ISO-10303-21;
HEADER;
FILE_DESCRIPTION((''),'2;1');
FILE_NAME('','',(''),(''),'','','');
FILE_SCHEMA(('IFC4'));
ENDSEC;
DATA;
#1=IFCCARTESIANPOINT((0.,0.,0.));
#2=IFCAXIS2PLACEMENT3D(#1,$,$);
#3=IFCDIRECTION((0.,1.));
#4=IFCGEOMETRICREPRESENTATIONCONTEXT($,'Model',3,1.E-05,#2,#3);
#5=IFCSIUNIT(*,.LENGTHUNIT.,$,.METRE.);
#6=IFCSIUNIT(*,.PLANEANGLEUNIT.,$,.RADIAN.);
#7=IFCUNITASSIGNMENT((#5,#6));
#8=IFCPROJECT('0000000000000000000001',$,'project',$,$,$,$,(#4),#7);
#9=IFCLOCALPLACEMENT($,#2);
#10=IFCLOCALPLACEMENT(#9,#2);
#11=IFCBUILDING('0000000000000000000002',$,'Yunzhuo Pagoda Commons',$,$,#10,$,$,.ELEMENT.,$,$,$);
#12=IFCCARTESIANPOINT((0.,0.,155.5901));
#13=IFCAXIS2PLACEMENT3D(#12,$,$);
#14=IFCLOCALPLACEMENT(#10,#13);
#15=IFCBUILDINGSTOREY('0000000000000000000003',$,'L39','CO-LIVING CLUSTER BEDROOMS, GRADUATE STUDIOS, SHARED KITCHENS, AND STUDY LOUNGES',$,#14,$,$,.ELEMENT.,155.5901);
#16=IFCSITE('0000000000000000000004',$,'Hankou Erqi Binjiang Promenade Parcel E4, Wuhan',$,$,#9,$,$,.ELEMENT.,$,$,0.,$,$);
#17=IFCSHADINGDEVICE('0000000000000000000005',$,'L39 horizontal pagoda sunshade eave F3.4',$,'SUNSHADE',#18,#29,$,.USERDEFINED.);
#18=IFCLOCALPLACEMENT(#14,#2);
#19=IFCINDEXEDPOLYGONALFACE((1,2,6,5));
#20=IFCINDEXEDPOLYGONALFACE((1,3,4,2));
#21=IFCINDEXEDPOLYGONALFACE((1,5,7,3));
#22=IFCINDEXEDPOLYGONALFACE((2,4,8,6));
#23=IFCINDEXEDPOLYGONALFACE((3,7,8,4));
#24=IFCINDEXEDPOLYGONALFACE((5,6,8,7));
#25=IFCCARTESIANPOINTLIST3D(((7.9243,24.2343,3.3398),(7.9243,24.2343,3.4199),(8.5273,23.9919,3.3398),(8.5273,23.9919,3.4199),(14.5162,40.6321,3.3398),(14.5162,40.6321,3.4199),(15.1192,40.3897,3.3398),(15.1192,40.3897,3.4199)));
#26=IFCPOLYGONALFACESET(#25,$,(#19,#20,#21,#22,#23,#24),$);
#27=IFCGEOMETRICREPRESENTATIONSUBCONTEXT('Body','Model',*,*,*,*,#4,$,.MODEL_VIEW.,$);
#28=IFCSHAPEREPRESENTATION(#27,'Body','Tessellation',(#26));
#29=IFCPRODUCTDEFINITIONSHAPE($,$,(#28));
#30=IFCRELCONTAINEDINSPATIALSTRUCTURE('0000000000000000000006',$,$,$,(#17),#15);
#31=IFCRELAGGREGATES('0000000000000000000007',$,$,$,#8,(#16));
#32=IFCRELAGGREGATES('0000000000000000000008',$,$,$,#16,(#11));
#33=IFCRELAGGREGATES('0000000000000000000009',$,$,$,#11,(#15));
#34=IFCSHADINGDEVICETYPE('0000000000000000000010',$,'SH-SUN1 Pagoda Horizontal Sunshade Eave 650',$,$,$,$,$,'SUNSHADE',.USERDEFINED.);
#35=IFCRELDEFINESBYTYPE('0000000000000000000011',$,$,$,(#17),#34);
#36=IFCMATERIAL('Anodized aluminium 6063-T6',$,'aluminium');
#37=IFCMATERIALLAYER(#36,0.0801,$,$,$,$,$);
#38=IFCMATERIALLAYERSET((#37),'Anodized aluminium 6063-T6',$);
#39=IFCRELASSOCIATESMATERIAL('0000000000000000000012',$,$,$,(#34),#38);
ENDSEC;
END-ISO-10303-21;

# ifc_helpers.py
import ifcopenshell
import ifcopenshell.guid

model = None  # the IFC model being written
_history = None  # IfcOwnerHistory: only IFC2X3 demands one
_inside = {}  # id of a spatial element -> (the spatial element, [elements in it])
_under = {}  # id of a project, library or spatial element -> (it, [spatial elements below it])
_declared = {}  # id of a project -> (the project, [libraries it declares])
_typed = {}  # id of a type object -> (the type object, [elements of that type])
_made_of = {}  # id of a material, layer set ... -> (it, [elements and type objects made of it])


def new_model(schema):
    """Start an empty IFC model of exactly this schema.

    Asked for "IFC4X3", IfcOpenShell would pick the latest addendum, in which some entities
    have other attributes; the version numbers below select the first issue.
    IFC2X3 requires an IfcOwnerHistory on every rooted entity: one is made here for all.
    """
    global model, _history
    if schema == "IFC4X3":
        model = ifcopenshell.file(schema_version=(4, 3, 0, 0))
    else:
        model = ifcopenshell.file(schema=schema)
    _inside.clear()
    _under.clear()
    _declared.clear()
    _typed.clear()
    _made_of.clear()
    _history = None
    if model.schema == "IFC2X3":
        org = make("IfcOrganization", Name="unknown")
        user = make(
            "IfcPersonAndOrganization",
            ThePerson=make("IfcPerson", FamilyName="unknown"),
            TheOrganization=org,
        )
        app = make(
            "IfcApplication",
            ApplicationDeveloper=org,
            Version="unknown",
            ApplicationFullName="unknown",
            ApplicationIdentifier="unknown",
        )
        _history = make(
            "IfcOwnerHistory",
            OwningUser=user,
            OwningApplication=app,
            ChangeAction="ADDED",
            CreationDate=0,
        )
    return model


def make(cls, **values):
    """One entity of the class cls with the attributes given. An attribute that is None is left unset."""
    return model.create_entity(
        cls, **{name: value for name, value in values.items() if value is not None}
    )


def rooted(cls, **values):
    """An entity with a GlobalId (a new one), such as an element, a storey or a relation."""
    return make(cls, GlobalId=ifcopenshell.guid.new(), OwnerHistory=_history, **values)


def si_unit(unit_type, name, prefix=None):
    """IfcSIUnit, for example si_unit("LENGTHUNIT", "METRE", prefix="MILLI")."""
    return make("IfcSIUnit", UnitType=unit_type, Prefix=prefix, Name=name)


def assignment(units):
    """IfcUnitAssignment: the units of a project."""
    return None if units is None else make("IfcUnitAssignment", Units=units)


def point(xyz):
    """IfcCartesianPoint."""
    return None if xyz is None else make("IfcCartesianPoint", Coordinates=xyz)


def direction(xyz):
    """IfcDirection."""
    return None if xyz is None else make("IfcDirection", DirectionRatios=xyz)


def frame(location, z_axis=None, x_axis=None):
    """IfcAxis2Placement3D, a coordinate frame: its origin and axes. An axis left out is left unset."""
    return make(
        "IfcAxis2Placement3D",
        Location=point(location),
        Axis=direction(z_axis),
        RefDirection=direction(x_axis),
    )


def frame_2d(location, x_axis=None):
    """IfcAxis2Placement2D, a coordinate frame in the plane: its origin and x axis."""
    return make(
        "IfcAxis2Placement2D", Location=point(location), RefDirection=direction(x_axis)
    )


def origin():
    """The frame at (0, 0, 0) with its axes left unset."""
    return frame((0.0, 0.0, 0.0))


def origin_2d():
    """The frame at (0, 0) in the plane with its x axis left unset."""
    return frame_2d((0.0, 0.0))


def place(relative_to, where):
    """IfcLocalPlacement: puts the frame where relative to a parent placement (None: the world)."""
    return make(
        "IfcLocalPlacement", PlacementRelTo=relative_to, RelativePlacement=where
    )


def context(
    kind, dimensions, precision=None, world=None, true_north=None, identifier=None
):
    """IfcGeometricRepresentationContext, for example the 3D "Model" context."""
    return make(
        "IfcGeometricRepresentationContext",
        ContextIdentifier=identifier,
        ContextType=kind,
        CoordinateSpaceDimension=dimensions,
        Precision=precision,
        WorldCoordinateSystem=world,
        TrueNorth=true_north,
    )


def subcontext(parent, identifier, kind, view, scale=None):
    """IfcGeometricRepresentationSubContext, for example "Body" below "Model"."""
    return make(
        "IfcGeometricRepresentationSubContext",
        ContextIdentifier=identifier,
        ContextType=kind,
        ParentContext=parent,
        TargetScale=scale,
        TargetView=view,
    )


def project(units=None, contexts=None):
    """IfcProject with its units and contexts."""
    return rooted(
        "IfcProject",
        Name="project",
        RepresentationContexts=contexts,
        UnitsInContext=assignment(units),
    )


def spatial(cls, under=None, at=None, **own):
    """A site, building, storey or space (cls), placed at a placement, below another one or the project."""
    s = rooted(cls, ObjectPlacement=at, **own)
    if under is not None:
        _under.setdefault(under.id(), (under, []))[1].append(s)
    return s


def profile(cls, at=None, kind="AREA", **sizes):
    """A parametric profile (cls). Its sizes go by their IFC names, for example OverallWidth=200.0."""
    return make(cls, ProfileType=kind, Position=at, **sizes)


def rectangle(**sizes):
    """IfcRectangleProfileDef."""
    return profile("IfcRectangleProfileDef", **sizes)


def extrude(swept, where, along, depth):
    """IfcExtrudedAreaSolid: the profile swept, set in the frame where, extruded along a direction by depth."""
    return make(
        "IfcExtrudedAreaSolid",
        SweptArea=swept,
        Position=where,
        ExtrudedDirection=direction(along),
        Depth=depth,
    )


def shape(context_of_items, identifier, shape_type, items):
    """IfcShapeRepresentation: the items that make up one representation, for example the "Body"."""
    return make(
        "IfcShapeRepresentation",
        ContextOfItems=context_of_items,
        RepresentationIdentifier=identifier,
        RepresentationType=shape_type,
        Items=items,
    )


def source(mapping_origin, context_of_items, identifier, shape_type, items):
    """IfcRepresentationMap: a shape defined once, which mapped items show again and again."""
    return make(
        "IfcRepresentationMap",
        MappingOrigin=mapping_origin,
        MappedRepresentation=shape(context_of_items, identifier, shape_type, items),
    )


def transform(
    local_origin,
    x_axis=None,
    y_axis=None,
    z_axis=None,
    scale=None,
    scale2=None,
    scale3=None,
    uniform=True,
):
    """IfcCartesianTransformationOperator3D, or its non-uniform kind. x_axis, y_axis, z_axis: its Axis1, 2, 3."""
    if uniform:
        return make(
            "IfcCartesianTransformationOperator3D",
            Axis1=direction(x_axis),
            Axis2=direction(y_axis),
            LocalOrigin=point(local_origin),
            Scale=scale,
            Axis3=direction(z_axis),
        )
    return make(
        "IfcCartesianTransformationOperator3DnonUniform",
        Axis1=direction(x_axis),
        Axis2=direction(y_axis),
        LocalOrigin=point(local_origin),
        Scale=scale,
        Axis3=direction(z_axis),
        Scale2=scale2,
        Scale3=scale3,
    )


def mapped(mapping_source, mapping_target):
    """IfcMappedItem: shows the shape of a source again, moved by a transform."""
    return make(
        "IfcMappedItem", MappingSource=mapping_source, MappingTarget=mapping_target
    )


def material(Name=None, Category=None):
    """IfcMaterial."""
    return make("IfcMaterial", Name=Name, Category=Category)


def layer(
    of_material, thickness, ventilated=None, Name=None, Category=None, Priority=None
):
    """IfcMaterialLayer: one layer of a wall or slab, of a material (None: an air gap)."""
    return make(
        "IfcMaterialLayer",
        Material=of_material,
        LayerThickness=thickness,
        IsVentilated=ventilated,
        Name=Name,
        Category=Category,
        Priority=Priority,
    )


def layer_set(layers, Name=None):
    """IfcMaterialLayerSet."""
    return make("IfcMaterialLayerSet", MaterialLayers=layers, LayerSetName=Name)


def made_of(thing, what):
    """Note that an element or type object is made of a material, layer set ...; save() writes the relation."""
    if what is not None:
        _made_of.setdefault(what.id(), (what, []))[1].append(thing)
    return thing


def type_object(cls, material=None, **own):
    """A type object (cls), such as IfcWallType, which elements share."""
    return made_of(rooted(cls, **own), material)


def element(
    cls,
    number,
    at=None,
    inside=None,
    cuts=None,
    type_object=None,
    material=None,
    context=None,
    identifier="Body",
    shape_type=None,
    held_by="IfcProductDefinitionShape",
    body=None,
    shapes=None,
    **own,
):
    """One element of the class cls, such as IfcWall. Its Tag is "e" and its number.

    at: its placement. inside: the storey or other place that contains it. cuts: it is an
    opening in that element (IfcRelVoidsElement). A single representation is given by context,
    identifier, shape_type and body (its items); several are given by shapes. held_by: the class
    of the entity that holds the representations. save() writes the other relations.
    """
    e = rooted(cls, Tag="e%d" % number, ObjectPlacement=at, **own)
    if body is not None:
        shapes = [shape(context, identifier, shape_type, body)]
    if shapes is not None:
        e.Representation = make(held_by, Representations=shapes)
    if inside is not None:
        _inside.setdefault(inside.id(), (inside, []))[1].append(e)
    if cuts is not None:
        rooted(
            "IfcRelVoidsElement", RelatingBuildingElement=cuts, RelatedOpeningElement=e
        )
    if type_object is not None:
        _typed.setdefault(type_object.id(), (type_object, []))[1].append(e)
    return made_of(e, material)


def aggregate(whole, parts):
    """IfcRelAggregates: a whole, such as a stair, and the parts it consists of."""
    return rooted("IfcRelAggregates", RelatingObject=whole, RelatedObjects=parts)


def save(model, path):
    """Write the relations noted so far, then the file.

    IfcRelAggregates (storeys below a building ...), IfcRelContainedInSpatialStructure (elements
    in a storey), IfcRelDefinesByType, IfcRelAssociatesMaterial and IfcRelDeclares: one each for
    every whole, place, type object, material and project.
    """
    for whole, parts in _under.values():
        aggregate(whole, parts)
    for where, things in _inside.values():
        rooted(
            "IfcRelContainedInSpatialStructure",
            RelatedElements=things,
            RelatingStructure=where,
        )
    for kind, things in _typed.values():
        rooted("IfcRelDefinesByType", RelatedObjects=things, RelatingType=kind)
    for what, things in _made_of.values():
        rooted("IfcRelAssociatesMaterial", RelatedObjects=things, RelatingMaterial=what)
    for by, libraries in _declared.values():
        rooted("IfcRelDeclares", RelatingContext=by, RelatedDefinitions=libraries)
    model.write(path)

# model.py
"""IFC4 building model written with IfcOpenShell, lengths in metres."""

from ifc_helpers import new_model, si_unit, direction, frame, origin, origin_2d, place, context, subcontext, project, spatial, rectangle, extrude, source, transform, mapped, material, layer, layer_set, type_object, element, save


model = new_model("IFC4")

# Units and contexts
model_context = context("Model", 3, precision=1e-05, world=origin(), true_north=direction((0.0, 1.0)))
body_context = subcontext(model_context, "Body", "Model", "MODEL_VIEW")
ifc_project = project(units=[si_unit("LENGTHUNIT", "METRE"), si_unit("PLANEANGLEUNIT", "RADIAN")], contexts=[model_context])

# Site, building, storey
site_placement = place(None, origin())
site = spatial("IfcSite", under=ifc_project, at=site_placement, Name="Hankou Erqi Binjiang Promenade Parcel E4, Wuhan", CompositionType="ELEMENT", RefElevation=0.0)
building_placement = place(site_placement, origin())
building = spatial("IfcBuilding", under=site, at=building_placement, Name="Yunzhuo Pagoda Commons", CompositionType="ELEMENT")
storey_placement = place(building_placement, frame((0.0, 0.0, 155.5901)))
storey = spatial("IfcBuildingStorey", under=building, at=storey_placement, Name="L39", Description="CO-LIVING CLUSTER BEDROOMS, GRADUATE STUDIOS, SHARED KITCHENS, AND STUDY LOUNGES", CompositionType="ELEMENT", Elevation=155.5901)

# Shared definitions
ifc_material_1 = material(Name="Anodized aluminium 6063-T6", Category="aluminium")

# Shading device
ifc_layer_1 = layer(ifc_material_1, 0.0801)
ifc_layer_set_1 = layer_set([ifc_layer_1], Name="Anodized aluminium 6063-T6")
shading_device_type = type_object("IfcShadingDeviceType", Name="SH-SUN1 Pagoda Horizontal Sunshade Eave 650", ElementType="SUNSHADE", PredefinedType="USERDEFINED", material=ifc_layer_set_1)
shared_shape_1 = source(origin(), body_context, "Body", "SweptSolid", [
    extrude(rectangle(XDim=17.6731, YDim=0.6499, at=origin_2d()), origin(), (0.0, 0.0, 1.0), 0.0801),
])
shading_device_placement = place(storey_placement, frame((11.5217, 32.312, 3.3398), z_axis=(0.0, 0.0, 1.0), x_axis=(-0.372988, -0.927836, 0.0)))
element("IfcShadingDevice", 1, at=shading_device_placement, inside=storey, type_object=shading_device_type, Name="L39 horizontal pagoda sunshade eave F3.4", ObjectType="SUNSHADE", PredefinedType="USERDEFINED", context=body_context, shape_type="MappedRepresentation", body=[
    mapped(shared_shape_1, transform((0.0, 0.0, 0.0), scale=1.0)),
])

save(model, "model.ifc")
